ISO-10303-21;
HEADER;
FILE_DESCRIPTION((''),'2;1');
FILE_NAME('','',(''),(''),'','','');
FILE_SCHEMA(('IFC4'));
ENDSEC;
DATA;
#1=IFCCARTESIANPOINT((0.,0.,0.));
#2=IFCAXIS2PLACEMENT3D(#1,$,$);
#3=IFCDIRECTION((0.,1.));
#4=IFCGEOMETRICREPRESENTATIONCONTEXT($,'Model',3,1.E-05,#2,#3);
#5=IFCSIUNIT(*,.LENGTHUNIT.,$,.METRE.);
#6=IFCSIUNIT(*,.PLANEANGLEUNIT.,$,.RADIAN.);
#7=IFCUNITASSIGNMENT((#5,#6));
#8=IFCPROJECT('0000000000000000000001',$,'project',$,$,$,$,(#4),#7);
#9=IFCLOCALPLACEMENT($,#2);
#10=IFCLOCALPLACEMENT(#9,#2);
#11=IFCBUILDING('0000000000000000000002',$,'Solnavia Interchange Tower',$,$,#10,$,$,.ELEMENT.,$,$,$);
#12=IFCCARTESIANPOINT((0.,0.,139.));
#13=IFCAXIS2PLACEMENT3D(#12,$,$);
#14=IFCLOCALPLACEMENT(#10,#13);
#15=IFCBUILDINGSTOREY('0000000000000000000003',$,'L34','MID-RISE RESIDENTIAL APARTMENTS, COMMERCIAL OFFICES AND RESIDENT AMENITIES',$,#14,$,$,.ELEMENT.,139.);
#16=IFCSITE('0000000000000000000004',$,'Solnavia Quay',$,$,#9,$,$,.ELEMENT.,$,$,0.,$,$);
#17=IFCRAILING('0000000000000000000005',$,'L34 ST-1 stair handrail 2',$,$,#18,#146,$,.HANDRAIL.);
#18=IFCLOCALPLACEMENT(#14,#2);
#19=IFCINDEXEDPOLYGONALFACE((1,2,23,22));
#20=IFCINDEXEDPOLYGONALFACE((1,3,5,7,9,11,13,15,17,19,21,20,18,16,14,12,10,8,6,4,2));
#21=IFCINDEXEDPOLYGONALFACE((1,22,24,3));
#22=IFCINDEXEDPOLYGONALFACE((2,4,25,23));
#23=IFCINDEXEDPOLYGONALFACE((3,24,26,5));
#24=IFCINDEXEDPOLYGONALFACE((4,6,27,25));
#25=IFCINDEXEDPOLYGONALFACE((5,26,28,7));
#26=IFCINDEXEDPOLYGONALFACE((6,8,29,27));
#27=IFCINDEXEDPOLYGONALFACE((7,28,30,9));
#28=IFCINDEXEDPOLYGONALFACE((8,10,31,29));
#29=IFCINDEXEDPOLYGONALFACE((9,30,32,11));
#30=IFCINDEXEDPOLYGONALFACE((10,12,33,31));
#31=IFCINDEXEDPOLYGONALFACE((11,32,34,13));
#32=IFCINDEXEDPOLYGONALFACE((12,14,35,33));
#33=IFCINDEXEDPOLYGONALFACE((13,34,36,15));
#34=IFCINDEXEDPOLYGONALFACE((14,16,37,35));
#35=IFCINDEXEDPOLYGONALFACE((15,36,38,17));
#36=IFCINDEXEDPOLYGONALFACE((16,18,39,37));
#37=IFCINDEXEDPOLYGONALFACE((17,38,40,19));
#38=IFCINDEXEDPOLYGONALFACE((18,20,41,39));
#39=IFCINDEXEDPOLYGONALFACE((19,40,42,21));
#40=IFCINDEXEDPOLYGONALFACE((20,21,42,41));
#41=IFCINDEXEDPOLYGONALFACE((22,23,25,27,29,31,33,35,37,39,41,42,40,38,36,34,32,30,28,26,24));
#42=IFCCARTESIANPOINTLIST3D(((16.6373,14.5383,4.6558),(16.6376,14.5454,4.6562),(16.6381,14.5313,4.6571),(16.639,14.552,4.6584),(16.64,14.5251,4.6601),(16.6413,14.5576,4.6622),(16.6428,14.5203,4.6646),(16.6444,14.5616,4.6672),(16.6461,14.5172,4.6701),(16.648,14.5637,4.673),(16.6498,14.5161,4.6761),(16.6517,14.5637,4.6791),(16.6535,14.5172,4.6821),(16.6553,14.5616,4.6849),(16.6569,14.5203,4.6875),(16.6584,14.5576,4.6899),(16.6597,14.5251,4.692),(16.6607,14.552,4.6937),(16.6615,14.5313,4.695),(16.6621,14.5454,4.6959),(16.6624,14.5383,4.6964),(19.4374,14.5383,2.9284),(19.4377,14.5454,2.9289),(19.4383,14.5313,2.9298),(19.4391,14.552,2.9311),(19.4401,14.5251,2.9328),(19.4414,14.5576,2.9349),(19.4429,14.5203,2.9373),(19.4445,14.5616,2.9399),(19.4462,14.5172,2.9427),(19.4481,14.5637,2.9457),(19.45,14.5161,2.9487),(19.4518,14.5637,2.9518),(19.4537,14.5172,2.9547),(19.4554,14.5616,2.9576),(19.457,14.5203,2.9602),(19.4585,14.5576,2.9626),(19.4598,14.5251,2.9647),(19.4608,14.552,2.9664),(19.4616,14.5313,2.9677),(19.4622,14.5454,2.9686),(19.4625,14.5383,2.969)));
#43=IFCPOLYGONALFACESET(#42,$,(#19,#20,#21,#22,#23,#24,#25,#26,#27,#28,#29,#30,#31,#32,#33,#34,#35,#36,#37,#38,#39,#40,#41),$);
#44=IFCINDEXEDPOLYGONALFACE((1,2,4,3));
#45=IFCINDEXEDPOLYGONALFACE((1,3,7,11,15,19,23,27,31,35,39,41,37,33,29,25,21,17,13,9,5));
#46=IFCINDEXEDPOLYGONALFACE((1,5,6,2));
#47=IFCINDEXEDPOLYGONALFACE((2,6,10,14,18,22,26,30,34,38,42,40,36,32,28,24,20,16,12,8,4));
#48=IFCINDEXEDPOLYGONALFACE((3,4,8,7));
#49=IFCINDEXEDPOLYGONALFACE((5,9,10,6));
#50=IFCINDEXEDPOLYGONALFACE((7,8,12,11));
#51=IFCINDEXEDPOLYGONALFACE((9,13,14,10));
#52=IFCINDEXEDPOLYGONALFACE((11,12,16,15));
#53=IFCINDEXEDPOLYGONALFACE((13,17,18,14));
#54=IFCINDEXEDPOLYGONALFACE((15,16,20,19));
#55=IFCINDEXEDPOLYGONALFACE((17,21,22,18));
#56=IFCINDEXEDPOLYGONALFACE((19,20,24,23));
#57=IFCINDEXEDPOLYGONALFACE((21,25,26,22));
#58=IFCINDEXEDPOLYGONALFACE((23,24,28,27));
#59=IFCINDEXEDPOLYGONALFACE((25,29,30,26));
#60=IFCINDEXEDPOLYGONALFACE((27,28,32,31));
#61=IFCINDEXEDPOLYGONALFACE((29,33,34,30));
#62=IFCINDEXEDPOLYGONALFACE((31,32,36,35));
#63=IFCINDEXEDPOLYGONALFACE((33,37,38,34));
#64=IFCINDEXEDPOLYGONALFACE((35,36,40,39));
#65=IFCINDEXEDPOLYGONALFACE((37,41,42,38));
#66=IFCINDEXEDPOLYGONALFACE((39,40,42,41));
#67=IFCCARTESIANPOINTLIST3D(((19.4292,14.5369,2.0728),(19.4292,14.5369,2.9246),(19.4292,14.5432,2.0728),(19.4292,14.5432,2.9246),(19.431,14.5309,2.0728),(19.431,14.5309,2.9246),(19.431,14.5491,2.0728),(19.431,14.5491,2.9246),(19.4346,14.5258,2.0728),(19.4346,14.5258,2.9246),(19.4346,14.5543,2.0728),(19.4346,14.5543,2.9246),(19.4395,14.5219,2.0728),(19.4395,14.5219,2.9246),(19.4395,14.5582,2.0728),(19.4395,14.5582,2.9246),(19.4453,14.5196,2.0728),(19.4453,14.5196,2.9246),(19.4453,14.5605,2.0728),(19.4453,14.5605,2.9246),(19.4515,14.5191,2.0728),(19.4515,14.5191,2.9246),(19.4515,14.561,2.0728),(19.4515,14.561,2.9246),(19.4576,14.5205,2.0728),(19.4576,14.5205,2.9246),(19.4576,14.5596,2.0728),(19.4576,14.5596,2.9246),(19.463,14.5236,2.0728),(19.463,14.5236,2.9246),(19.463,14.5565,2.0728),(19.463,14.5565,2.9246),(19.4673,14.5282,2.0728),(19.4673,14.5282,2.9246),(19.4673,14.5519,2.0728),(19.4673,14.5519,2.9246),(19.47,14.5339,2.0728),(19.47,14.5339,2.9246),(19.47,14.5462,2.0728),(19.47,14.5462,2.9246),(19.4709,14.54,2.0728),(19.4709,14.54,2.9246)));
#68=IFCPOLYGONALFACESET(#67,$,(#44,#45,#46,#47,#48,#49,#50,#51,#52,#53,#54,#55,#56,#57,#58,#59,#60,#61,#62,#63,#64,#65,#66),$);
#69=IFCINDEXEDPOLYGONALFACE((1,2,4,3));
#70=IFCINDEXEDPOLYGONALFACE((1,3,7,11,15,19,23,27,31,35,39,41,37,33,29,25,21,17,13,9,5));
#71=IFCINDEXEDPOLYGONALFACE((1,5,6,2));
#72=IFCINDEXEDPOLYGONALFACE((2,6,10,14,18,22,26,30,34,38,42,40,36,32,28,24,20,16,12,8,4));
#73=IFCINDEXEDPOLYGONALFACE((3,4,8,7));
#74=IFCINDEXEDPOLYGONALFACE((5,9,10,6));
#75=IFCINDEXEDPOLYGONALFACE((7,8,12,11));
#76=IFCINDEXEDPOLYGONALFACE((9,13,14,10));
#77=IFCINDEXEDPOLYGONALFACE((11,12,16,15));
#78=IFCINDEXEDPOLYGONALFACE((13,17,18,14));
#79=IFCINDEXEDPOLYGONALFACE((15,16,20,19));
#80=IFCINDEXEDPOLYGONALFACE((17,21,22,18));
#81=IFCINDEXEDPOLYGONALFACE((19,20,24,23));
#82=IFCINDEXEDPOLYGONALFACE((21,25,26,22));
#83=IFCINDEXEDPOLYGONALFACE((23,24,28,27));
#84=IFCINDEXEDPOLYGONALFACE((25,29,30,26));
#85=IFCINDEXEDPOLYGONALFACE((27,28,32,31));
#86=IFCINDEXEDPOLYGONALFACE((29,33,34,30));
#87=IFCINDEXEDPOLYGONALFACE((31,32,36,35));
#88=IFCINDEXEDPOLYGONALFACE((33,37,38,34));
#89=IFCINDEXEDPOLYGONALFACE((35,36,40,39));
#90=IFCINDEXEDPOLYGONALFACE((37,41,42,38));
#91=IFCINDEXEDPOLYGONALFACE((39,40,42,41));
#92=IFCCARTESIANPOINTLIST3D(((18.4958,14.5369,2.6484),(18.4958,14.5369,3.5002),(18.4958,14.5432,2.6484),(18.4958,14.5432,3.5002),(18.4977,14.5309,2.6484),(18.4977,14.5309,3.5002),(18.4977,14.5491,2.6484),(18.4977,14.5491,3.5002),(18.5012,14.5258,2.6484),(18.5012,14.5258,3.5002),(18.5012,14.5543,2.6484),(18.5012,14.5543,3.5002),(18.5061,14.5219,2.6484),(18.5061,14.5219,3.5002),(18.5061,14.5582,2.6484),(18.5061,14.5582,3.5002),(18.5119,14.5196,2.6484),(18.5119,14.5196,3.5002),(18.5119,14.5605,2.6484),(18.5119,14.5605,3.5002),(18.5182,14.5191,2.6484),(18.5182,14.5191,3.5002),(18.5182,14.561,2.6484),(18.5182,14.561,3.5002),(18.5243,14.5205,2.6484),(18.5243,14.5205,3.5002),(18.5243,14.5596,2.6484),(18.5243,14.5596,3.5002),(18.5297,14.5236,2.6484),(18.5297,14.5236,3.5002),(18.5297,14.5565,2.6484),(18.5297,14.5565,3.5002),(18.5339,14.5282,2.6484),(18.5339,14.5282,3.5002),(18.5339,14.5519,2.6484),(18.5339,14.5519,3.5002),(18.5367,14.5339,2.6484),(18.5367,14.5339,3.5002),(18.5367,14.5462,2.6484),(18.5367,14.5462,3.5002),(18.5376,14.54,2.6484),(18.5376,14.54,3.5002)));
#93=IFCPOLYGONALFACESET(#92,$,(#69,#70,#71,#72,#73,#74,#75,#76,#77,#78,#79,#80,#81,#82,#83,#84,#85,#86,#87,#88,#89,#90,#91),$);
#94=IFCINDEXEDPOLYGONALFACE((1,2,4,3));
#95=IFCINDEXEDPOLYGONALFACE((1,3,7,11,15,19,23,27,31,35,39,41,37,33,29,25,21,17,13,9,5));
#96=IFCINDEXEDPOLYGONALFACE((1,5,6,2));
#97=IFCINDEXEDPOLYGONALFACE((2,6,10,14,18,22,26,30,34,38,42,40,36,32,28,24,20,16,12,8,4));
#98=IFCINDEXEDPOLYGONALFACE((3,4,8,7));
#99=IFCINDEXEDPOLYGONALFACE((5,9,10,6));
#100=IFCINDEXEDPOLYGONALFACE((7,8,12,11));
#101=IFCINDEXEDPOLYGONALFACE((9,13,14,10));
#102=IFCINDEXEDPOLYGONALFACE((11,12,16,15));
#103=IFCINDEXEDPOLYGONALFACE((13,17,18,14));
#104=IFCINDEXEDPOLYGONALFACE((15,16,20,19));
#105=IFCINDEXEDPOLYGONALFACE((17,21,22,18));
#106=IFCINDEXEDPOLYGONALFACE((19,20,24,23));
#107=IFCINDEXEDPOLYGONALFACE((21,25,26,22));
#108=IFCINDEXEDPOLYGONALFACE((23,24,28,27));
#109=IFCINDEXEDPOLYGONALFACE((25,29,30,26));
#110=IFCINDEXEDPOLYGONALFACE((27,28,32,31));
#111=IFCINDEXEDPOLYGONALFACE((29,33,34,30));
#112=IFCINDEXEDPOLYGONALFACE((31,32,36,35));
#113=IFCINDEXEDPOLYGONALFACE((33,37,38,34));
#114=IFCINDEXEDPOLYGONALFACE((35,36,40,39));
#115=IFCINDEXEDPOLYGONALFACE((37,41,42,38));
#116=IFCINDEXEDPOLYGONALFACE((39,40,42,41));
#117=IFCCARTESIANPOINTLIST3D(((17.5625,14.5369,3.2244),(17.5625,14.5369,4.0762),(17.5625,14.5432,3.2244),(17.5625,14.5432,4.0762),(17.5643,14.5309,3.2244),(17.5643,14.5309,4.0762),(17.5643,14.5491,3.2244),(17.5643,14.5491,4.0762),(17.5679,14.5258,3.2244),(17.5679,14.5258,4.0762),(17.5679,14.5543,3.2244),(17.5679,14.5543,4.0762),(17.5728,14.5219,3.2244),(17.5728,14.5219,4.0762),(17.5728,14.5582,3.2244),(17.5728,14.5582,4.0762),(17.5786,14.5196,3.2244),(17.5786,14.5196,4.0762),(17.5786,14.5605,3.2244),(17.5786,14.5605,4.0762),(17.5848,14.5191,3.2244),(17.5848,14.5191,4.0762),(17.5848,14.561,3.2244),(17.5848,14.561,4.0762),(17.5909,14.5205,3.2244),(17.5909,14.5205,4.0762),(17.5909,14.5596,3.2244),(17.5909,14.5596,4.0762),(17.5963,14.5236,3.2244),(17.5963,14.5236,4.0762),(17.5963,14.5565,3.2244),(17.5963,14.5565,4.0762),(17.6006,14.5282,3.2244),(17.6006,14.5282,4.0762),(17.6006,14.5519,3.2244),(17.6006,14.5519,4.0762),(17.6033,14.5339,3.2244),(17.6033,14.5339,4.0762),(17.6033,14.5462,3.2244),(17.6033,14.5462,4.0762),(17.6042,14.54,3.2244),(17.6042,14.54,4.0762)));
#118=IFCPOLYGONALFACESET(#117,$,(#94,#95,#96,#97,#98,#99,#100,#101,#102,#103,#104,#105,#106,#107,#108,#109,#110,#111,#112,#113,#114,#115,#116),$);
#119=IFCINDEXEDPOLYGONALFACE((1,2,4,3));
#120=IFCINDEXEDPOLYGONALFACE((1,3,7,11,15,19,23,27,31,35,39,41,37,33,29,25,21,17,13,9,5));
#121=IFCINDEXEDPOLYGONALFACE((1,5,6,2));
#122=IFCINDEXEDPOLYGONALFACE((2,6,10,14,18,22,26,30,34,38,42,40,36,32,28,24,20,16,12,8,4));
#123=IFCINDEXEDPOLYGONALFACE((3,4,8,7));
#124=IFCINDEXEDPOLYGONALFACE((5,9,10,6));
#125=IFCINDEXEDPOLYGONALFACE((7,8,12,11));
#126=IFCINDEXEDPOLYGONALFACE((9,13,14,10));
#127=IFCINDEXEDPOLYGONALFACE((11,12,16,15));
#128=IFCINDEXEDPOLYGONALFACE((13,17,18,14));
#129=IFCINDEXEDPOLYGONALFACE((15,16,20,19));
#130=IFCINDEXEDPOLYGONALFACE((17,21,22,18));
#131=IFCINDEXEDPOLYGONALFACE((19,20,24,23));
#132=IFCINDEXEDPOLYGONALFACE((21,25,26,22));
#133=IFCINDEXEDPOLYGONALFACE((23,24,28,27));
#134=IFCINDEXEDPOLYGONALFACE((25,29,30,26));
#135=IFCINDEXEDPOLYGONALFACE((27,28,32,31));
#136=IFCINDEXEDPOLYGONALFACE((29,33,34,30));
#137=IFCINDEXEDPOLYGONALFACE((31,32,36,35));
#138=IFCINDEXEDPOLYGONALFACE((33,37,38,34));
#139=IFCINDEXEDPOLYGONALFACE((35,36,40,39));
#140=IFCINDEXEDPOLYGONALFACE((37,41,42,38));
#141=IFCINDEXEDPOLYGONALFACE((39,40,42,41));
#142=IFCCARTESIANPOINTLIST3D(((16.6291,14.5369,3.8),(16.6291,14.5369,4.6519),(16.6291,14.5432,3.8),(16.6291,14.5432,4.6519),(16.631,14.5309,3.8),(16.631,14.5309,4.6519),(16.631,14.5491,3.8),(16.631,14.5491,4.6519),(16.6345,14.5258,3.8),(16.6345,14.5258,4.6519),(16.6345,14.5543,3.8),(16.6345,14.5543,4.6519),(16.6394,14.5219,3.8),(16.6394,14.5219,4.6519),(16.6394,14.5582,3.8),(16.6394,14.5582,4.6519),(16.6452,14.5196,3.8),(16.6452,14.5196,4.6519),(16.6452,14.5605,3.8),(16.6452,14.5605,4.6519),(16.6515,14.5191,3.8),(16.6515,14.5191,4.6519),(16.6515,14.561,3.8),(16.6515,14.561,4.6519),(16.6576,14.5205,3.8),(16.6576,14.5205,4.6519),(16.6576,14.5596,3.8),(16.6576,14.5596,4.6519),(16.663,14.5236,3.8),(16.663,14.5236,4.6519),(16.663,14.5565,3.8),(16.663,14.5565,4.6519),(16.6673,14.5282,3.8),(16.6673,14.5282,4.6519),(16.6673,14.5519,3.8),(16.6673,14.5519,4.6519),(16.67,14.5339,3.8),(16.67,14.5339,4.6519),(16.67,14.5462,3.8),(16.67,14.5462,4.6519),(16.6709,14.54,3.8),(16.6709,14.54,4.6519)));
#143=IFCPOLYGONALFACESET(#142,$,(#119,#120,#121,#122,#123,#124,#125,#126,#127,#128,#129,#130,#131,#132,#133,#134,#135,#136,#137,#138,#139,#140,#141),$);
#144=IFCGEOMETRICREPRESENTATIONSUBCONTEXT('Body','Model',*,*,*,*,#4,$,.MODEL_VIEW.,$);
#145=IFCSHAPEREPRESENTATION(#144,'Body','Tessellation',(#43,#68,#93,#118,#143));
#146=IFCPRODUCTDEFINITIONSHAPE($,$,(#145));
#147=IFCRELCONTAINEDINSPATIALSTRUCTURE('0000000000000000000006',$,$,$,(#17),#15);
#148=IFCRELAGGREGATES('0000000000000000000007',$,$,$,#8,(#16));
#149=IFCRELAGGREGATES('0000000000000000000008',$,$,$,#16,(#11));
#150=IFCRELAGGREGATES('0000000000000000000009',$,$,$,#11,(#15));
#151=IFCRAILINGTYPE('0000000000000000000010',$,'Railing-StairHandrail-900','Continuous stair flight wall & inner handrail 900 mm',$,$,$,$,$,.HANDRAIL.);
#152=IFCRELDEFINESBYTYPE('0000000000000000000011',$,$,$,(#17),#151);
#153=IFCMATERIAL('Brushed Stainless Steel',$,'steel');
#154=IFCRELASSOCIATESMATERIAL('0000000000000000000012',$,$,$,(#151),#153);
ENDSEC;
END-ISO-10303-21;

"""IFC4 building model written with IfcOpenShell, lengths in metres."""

from ifc_helpers import new_model, si_unit, direction, frame, origin, origin_2d, place, context, subcontext, project, spatial, circle, extrude, material, type_object, element, save


model = new_model("IFC4")

# Units and contexts
model_context = context("Model", 3, precision=1e-05, world=origin(), true_north=direction((0.0, 1.0)))
body_context = subcontext(model_context, "Body", "Model", "MODEL_VIEW")
ifc_project = project(units=[si_unit("LENGTHUNIT", "METRE"), si_unit("PLANEANGLEUNIT", "RADIAN")], contexts=[model_context])

# Site, building, storey
site_placement = place(None, origin())
site = spatial("IfcSite", under=ifc_project, at=site_placement, Name="Solnavia Quay", CompositionType="ELEMENT", RefElevation=0.0)
building_placement = place(site_placement, origin())
building = spatial("IfcBuilding", under=site, at=building_placement, Name="Solnavia Interchange Tower", CompositionType="ELEMENT")
storey_placement = place(building_placement, frame((0.0, 0.0, 139.0)))
storey = spatial("IfcBuildingStorey", under=building, at=storey_placement, Name="L34", Description="MID-RISE RESIDENTIAL APARTMENTS, COMMERCIAL OFFICES AND RESIDENT AMENITIES", CompositionType="ELEMENT", Elevation=139.0)

# Railing
ifc_material_1 = material(Name="Brushed Stainless Steel", Category="steel")
railing_type_1 = type_object("IfcRailingType", Name="Railing-StairHandrail-900", Description="Continuous stair flight wall & inner handrail 900 mm", PredefinedType="HANDRAIL", material=ifc_material_1)
railing_1_placement = place(storey_placement, frame((19.45, 14.54, 2.0728)))
element("IfcRailing", 1, at=railing_1_placement, inside=storey, type_object=railing_type_1, Name="L34 ST-1 stair handrail 2", PredefinedType="HANDRAIL", context=body_context, shape_type="SweptSolid", body=[
    extrude(circle(Radius=0.0239, at=origin_2d()), frame((0.0, 0.0, 0.876), z_axis=(-0.85109, 0.0, 0.52502), x_axis=(0.0, -1.0, 0.0)), (0.0, 0.0, 1.0), 3.29),
    extrude(circle(Radius=0.021, at=origin_2d()), origin(), (0.0, 0.0, 1.0), 0.8518),
    extrude(circle(Radius=0.021, at=origin_2d()), frame((-0.9333, 0.0, 0.5757)), (0.0, 0.0, 1.0), 0.8518),
    extrude(circle(Radius=0.021, at=origin_2d()), frame((-1.8667, 0.0, 1.1516)), (0.0, 0.0, 1.0), 0.8518),
    extrude(circle(Radius=0.021, at=origin_2d()), frame((-2.8, 0.0, 1.7273)), (0.0, 0.0, 1.0), 0.8518),
])

save(model, "model.ifc")
